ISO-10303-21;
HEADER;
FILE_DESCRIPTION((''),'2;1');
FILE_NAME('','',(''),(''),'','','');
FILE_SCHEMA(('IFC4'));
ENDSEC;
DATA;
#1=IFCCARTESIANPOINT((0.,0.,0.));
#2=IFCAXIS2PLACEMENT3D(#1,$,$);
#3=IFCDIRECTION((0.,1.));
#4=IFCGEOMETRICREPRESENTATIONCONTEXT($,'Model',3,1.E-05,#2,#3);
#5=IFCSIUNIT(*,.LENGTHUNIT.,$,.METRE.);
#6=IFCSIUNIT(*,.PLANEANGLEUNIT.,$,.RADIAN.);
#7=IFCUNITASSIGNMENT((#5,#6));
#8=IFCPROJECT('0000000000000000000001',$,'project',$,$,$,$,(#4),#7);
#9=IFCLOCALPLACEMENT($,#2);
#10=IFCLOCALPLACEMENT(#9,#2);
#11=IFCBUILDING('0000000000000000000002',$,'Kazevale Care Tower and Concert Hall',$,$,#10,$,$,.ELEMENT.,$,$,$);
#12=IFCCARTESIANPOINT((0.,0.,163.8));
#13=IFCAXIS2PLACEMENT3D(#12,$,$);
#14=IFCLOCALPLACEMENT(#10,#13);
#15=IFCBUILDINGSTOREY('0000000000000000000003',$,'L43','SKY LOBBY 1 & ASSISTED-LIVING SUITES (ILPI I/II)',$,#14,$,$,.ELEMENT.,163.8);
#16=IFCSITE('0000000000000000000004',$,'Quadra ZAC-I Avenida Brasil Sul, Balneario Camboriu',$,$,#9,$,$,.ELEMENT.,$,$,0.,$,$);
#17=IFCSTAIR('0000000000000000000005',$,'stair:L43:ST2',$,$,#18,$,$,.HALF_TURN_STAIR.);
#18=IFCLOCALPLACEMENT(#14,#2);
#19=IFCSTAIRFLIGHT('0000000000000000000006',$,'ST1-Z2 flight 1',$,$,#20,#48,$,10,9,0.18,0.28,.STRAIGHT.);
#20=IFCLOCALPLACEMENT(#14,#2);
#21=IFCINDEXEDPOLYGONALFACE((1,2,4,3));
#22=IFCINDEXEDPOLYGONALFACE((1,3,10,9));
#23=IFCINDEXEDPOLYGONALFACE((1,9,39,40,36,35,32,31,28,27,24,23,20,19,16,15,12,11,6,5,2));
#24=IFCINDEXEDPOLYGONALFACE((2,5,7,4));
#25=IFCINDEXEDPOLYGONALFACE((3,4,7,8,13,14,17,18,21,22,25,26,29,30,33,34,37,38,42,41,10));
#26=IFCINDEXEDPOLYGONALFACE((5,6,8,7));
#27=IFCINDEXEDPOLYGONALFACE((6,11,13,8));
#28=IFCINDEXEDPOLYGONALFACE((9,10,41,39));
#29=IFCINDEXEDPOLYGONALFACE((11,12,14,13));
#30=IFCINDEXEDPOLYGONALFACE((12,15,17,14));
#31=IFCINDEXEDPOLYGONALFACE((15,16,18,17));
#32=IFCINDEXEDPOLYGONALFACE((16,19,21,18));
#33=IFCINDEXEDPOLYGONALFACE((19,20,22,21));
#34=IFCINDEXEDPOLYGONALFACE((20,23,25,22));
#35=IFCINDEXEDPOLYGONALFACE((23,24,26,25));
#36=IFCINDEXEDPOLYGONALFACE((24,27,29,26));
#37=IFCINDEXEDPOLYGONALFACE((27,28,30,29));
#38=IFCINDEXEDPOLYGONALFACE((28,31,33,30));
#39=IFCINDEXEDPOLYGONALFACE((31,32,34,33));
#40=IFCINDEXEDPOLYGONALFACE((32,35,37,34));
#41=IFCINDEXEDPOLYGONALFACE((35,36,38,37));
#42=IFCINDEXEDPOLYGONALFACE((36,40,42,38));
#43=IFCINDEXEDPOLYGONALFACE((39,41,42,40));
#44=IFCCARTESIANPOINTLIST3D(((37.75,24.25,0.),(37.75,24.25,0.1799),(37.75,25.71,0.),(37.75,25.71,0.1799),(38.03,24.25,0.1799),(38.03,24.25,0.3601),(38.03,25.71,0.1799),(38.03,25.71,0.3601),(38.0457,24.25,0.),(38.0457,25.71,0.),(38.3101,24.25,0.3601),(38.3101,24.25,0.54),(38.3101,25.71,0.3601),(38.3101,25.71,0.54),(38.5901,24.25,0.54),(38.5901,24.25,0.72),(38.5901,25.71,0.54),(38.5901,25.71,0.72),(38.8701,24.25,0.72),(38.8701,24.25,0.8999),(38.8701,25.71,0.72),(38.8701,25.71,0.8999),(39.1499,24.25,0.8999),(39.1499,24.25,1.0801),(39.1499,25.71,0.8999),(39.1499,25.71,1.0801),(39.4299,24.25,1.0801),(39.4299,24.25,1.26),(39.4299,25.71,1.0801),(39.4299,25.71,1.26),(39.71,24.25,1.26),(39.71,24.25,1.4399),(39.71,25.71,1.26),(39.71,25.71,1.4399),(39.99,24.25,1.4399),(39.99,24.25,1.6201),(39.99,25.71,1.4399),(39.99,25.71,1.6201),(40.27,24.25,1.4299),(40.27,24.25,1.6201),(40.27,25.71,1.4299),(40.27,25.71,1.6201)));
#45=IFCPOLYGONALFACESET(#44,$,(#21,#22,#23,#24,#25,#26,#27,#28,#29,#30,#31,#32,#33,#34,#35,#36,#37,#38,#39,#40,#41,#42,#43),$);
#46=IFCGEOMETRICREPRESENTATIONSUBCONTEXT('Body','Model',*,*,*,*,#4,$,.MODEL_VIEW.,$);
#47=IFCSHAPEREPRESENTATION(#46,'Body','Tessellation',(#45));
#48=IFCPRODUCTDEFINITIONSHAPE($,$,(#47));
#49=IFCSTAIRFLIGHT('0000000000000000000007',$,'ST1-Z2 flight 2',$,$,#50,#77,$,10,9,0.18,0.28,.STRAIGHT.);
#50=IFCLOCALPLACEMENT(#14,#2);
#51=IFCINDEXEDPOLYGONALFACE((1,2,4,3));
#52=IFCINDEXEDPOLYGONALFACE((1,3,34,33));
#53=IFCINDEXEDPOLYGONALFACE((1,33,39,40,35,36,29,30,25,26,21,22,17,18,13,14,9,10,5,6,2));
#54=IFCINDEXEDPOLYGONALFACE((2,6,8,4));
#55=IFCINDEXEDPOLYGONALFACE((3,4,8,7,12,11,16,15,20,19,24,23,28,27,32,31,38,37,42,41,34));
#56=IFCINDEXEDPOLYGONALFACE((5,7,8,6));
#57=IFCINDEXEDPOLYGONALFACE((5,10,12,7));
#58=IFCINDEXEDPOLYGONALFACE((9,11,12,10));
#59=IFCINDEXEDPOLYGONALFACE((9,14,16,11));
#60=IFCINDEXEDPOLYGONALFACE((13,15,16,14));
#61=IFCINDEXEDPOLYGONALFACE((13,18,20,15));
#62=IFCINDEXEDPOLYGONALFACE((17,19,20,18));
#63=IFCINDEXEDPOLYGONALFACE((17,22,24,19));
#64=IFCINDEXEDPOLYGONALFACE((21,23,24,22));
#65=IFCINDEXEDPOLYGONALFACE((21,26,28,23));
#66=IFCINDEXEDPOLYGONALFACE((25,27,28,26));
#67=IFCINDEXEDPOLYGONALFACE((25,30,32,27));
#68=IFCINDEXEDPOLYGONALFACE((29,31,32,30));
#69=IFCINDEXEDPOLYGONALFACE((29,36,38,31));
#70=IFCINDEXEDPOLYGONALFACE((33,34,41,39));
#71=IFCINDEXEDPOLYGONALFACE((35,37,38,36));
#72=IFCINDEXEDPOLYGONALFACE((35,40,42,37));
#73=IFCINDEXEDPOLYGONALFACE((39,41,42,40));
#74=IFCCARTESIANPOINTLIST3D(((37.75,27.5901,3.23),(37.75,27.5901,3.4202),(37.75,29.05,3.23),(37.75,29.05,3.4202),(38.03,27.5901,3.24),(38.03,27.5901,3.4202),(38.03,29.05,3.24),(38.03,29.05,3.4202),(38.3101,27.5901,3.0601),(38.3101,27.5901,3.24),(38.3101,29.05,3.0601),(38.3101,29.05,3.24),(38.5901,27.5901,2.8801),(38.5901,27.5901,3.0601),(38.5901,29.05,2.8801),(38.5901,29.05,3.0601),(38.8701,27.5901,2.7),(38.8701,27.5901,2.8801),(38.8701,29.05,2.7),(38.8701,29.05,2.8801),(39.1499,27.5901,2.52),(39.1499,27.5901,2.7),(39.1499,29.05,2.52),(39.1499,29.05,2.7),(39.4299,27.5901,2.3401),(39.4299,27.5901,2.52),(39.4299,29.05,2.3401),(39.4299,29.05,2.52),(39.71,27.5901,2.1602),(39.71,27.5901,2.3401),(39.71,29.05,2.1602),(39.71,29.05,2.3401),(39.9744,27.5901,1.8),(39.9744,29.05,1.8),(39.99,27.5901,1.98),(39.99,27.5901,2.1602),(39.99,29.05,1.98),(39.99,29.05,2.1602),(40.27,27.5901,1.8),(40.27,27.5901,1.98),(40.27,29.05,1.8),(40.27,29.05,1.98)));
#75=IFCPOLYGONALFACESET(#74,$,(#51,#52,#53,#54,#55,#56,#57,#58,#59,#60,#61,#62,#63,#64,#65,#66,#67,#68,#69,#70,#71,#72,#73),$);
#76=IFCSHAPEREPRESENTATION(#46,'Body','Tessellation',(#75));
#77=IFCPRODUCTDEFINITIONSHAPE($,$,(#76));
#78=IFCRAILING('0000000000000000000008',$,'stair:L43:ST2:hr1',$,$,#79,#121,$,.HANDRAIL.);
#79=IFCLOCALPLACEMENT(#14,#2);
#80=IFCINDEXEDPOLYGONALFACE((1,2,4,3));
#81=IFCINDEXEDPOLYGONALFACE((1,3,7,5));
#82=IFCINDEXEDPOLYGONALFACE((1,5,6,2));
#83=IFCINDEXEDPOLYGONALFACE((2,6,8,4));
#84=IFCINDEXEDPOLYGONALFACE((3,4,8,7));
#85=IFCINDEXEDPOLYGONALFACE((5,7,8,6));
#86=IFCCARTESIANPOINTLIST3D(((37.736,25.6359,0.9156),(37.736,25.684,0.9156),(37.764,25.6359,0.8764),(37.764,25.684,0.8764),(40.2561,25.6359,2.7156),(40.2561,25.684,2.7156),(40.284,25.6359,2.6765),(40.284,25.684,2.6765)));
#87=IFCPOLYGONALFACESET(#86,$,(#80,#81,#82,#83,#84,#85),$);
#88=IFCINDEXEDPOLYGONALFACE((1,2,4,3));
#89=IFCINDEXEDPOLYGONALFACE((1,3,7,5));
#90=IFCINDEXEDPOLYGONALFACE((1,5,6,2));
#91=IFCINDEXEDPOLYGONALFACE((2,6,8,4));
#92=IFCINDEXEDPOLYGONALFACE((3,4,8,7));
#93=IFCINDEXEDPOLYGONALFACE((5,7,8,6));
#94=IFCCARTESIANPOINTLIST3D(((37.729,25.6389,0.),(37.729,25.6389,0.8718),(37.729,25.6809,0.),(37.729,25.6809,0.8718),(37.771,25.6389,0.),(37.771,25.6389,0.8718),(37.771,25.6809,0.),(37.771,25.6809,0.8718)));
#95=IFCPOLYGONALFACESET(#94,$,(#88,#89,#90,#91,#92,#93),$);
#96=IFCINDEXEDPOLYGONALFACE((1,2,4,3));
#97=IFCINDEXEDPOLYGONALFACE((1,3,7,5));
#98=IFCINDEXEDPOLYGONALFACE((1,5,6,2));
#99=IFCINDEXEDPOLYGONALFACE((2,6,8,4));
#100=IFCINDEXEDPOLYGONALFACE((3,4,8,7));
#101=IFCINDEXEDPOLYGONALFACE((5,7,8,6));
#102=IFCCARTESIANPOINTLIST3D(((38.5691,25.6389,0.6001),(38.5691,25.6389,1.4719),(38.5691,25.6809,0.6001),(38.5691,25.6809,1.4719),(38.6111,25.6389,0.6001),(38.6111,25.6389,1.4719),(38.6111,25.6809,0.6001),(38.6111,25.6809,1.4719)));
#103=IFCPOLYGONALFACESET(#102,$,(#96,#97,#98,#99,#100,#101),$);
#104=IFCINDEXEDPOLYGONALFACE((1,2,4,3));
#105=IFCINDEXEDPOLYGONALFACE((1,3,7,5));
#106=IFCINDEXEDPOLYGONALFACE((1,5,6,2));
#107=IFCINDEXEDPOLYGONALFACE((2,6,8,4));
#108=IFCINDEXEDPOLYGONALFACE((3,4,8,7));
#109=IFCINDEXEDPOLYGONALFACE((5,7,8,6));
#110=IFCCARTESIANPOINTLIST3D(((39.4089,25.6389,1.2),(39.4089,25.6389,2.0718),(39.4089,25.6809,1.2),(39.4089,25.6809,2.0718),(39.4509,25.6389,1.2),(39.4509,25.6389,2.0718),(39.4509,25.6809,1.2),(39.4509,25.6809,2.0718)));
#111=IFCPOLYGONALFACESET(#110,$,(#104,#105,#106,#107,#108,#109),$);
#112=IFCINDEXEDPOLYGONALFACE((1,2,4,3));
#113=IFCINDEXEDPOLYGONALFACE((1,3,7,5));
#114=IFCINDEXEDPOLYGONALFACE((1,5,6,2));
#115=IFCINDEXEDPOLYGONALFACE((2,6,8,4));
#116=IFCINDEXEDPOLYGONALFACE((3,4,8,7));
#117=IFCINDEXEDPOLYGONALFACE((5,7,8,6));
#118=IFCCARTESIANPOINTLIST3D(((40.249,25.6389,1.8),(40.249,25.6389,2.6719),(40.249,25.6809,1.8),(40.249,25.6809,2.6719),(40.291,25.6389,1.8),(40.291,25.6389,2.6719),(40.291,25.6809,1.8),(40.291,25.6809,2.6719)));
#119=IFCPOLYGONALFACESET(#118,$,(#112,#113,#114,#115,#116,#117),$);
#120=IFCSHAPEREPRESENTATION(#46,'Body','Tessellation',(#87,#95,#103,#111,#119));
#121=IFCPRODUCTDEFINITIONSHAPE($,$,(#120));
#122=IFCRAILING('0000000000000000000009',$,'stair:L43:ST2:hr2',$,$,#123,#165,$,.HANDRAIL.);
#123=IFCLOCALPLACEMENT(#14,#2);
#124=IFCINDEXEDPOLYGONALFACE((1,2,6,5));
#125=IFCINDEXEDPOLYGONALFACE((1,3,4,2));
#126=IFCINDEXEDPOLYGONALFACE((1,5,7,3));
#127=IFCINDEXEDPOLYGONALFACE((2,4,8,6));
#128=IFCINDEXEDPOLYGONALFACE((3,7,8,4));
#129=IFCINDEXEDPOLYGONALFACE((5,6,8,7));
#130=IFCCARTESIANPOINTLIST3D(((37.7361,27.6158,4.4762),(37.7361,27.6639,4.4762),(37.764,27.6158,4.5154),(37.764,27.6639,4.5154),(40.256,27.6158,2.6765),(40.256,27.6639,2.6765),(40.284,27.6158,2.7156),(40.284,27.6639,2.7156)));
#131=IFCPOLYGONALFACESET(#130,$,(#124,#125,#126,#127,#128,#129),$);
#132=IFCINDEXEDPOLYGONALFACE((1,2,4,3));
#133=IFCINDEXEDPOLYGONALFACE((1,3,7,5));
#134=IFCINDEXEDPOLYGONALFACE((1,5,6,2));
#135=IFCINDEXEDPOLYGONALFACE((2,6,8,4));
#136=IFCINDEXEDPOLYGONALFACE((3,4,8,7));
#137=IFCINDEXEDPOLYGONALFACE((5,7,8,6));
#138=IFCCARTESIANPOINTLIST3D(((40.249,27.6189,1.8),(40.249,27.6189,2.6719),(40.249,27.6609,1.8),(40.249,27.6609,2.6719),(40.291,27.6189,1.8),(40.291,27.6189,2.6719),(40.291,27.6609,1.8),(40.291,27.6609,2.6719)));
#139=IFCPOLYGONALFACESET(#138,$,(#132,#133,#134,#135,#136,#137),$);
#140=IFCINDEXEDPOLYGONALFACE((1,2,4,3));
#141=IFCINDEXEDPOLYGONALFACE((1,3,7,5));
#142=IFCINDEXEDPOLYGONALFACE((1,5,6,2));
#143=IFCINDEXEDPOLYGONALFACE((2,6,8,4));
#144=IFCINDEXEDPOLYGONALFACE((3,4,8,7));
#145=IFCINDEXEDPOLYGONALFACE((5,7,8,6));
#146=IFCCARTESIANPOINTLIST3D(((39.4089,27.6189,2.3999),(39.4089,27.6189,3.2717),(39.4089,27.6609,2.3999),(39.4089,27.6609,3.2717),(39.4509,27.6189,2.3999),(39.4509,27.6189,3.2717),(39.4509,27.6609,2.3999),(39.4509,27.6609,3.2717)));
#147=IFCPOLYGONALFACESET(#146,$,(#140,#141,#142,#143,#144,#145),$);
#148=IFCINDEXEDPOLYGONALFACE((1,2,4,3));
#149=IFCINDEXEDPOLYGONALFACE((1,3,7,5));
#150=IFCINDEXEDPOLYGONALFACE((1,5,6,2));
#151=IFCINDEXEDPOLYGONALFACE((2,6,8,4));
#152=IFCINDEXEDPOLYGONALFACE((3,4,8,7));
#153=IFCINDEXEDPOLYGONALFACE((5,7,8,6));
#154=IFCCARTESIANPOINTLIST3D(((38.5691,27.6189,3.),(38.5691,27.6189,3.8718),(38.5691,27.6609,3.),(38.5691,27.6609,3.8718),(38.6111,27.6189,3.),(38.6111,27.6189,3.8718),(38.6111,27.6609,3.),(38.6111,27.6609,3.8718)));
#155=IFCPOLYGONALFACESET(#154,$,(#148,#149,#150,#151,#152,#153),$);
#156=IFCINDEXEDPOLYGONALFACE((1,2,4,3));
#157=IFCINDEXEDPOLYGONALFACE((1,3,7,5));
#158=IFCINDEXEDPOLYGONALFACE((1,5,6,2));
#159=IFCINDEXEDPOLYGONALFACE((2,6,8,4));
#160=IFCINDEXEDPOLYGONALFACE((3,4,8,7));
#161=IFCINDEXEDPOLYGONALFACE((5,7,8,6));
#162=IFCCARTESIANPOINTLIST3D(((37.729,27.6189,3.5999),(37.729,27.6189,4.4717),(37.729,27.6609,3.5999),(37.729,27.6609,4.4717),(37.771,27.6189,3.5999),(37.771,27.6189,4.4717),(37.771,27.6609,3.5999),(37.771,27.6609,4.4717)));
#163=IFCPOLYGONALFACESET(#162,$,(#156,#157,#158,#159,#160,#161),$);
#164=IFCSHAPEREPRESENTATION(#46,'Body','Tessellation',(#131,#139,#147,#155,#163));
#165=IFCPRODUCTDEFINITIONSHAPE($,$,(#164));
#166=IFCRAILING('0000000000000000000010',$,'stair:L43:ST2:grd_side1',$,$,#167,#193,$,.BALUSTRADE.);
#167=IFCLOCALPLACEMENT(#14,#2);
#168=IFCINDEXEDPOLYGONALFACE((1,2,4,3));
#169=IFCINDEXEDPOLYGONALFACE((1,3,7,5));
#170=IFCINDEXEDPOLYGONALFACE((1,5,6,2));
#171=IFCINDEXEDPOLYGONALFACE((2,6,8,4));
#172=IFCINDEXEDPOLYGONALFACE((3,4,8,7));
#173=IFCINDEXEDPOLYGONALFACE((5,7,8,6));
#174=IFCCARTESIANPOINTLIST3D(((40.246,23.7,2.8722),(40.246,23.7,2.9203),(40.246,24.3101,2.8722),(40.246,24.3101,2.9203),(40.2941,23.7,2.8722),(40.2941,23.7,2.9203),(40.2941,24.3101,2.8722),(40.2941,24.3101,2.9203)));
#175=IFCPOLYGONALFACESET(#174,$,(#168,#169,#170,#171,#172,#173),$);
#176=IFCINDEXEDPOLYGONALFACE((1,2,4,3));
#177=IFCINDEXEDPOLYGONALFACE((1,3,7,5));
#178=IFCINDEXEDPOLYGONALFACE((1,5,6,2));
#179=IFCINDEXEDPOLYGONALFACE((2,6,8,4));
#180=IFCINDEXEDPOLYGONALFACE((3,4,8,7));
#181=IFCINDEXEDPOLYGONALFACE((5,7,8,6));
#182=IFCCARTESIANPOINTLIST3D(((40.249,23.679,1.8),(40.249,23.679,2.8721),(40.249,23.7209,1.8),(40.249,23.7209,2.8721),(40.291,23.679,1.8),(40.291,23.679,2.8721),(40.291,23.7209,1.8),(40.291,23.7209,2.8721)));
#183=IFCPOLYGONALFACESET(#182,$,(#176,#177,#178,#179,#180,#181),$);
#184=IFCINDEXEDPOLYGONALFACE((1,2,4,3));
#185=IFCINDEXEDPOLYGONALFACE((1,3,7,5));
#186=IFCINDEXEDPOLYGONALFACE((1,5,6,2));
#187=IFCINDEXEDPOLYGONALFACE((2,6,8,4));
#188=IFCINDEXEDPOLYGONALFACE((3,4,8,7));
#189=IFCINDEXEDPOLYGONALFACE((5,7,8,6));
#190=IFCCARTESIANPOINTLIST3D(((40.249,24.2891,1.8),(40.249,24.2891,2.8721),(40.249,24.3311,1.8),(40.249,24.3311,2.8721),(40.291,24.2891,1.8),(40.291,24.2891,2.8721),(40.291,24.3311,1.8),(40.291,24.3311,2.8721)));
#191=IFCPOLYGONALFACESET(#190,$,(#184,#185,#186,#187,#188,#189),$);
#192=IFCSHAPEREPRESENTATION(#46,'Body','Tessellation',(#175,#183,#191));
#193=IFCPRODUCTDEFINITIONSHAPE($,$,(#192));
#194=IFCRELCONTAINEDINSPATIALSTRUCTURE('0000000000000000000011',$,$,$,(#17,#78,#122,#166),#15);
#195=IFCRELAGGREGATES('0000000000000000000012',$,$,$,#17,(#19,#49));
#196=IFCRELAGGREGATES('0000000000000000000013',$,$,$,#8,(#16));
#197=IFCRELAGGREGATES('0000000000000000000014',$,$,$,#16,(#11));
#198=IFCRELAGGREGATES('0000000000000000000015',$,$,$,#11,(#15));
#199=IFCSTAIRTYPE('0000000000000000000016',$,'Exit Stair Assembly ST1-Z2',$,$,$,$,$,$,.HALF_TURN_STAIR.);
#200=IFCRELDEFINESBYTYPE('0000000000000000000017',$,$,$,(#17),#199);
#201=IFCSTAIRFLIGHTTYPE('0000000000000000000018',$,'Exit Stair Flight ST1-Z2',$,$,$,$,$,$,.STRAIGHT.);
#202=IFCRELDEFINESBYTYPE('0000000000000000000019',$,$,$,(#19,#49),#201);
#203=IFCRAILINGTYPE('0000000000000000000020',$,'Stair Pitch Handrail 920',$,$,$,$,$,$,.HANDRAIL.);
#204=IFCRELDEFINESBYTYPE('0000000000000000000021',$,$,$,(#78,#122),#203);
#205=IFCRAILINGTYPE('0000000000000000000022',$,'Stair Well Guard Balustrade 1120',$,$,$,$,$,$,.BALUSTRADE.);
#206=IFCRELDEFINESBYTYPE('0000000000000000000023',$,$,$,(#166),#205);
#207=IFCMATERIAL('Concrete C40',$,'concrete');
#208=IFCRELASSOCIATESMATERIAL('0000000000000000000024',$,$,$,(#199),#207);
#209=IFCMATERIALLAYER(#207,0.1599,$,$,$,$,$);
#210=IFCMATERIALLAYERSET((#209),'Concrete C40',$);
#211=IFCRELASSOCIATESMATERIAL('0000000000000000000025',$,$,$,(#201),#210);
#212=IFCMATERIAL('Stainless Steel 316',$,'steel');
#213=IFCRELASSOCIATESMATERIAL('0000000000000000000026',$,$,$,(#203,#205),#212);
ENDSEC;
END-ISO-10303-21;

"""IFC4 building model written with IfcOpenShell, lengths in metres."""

from ifc_helpers import new_model, si_unit, direction, frame, origin, origin_2d, place, context, subcontext, project, spatial, polyline, rectangle, outline, extrude, material, layer, layer_set, type_object, element, aggregate, save


model = new_model("IFC4")

# Units and contexts
model_context = context("Model", 3, precision=1e-05, world=origin(), true_north=direction((0.0, 1.0)))
body_context = subcontext(model_context, "Body", "Model", "MODEL_VIEW")
ifc_project = project(units=[si_unit("LENGTHUNIT", "METRE"), si_unit("PLANEANGLEUNIT", "RADIAN")], contexts=[model_context])

# Site, building, storey
site_placement = place(None, origin())
site = spatial("IfcSite", under=ifc_project, at=site_placement, Name="Quadra ZAC-I Avenida Brasil Sul, Balneario Camboriu", CompositionType="ELEMENT", RefElevation=0.0)
building_placement = place(site_placement, origin())
building = spatial("IfcBuilding", under=site, at=building_placement, Name="Kazevale Care Tower and Concert Hall", CompositionType="ELEMENT")
storey_placement = place(building_placement, frame((0.0, 0.0, 163.8)))
storey = spatial("IfcBuildingStorey", under=building, at=storey_placement, Name="L43", Description="SKY LOBBY 1 & ASSISTED-LIVING SUITES (ILPI I/II)", CompositionType="ELEMENT", Elevation=163.8)

# Stair, stair flights
ifc_material_1 = material(Name="Concrete C40", Category="concrete")
stair_type = type_object("IfcStairType", Name="Exit Stair Assembly ST1-Z2", PredefinedType="HALF_TURN_STAIR", material=ifc_material_1)
stair_placement = place(storey_placement, origin())
stair = element("IfcStair", 1, at=stair_placement, inside=storey, type_object=stair_type, Name="stair:L43:ST2", PredefinedType="HALF_TURN_STAIR")
ifc_layer_1 = layer(ifc_material_1, 0.1599)
ifc_layer_set_1 = layer_set([ifc_layer_1], Name="Concrete C40")
stair_flight_type = type_object("IfcStairFlightType", Name="Exit Stair Flight ST1-Z2", PredefinedType="STRAIGHT", material=ifc_layer_set_1)
stair_flight_1_placement = place(storey_placement, frame((37.75, 24.98, 0.0), z_axis=(0.0, 0.0, 1.0), x_axis=(1.0, 0.0, 0.0)))
stair_flight_1 = element("IfcStairFlight", 2, at=stair_flight_1_placement, type_object=stair_flight_type, Name="ST1-Z2 flight 1", NumberOfRisers=10, NumberOfTreads=9, PredefinedType="STRAIGHT", RiserHeight=0.18, TreadLength=0.28, context=body_context, shape_type="SweptSolid", body=[
    extrude(outline(polyline([(0.0, 0.0), (0.0, 0.1799), (0.28, 0.1799), (0.28, 0.3601), (0.5601, 0.3601), (0.5601, 0.54), (0.8401, 0.54), (0.8401, 0.72), (1.1201, 0.72), (1.1201, 0.8999), (1.3999, 0.8999), (1.3999, 1.0801), (1.6799, 1.0801), (1.6799, 1.26), (1.96, 1.26), (1.96, 1.4399), (2.24, 1.4399), (2.24, 1.6201), (2.52, 1.6201), (2.52, 1.8), (2.52, 1.4299), (0.2957, 0.0), (0.0, 0.0)])), frame((0.0, 0.73, 0.0), z_axis=(0.0, -1.0, 0.0), x_axis=(1.0, 0.0, 0.0)), (0.0, 0.0, 1.0), 1.46),
])
stair_flight_2_placement = place(storey_placement, frame((40.27, 28.3201, 1.8), z_axis=(0.0, 0.0, 1.0), x_axis=(-1.0, 0.0, 0.0)))
stair_flight_2 = element("IfcStairFlight", 3, at=stair_flight_2_placement, type_object=stair_flight_type, Name="ST1-Z2 flight 2", NumberOfRisers=10, NumberOfTreads=9, PredefinedType="STRAIGHT", RiserHeight=0.18, TreadLength=0.28, context=body_context, shape_type="SweptSolid", body=[
    extrude(outline(polyline([(0.0, 0.0), (0.0, 0.1799), (0.28, 0.1799), (0.28, 0.3601), (0.5601, 0.3601), (0.5601, 0.54), (0.8401, 0.54), (0.8401, 0.72), (1.1201, 0.72), (1.1201, 0.8999), (1.3999, 0.8999), (1.3999, 1.0801), (1.6799, 1.0801), (1.6799, 1.26), (1.96, 1.26), (1.96, 1.4399), (2.24, 1.4399), (2.24, 1.6201), (2.52, 1.6201), (2.52, 1.8), (2.52, 1.4299), (0.2957, 0.0), (0.0, 0.0)])), frame((0.0, 0.73, 0.0), z_axis=(0.0, -1.0, 0.0), x_axis=(1.0, 0.0, 0.0)), (0.0, 0.0, 1.0), 1.46),
])
aggregate(stair, [stair_flight_1, stair_flight_2])

# Railings
ifc_material_2 = material(Name="Stainless Steel 316", Category="steel")
railing_type_1 = type_object("IfcRailingType", Name="Stair Pitch Handrail 920", PredefinedType="HANDRAIL", material=ifc_material_2)
railing_1_placement = place(storey_placement, frame((37.75, 25.6599, 0.0)))
element("IfcRailing", 4, at=railing_1_placement, inside=storey, type_object=railing_type_1, Name="stair:L43:ST2:hr1", PredefinedType="HANDRAIL", context=body_context, shape_type="SweptSolid", body=[
    extrude(rectangle(XDim=0.0481, YDim=0.0481, at=origin_2d()), frame((0.0, 0.0, 0.896), z_axis=(0.813728, 0.0, 0.581246), x_axis=(0.0, 1.0, 0.0)), (0.0, 0.0, 1.0), 3.0969),
    extrude(rectangle(XDim=0.042, YDim=0.042, at=origin_2d()), origin(), (0.0, 0.0, 1.0), 0.8718),
    extrude(rectangle(XDim=0.042, YDim=0.042, at=origin_2d()), frame((0.8401, 0.0, 0.6001)), (0.0, 0.0, 1.0), 0.8718),
    extrude(rectangle(XDim=0.042, YDim=0.042, at=origin_2d()), frame((1.6799, 0.0, 1.2)), (0.0, 0.0, 1.0), 0.8718),
    extrude(rectangle(XDim=0.042, YDim=0.042, at=origin_2d()), frame((2.52, 0.0, 1.8)), (0.0, 0.0, 1.0), 0.8718),
])
railing_2_placement = place(storey_placement, frame((40.27, 27.6399, 1.8)))
element("IfcRailing", 5, at=railing_2_placement, inside=storey, type_object=railing_type_1, Name="stair:L43:ST2:hr2", PredefinedType="HANDRAIL", context=body_context, shape_type="SweptSolid", body=[
    extrude(rectangle(XDim=0.0481, YDim=0.0481, at=origin_2d()), frame((0.0, 0.0, 0.896), z_axis=(-0.813765, 0.0, 0.581193), x_axis=(0.0, -1.0, 0.0)), (0.0, 0.0, 1.0), 3.0967),
    extrude(rectangle(XDim=0.042, YDim=0.042, at=origin_2d()), origin(), (0.0, 0.0, 1.0), 0.8718),
    extrude(rectangle(XDim=0.042, YDim=0.042, at=origin_2d()), frame((-0.8401, 0.0, 0.5999)), (0.0, 0.0, 1.0), 0.8718),
    extrude(rectangle(XDim=0.042, YDim=0.042, at=origin_2d()), frame((-1.6799, 0.0, 1.2)), (0.0, 0.0, 1.0), 0.8718),
    extrude(rectangle(XDim=0.042, YDim=0.042, at=origin_2d()), frame((-2.52, 0.0, 1.7998)), (0.0, 0.0, 1.0), 0.8718),
])
railing_type_2 = type_object("IfcRailingType", Name="Stair Well Guard Balustrade 1120", PredefinedType="BALUSTRADE", material=ifc_material_2)
railing_3_placement = place(storey_placement, frame((40.27, 23.7, 1.8)))
element("IfcRailing", 6, at=railing_3_placement, inside=storey, type_object=railing_type_2, Name="stair:L43:ST2:grd_side1", PredefinedType="BALUSTRADE", context=body_context, shape_type="SweptSolid", body=[
    extrude(rectangle(XDim=0.0481, YDim=0.0481, at=origin_2d()), frame((0.0, 0.0, 1.0962), z_axis=(0.0, 1.0, 0.0), x_axis=(-1.0, 0.0, 0.0)), (0.0, 0.0, 1.0), 0.6101),
    extrude(rectangle(XDim=0.042, YDim=0.042, at=origin_2d()), origin(), (0.0, 0.0, 1.0), 1.072),
    extrude(rectangle(XDim=0.042, YDim=0.042, at=origin_2d()), frame((0.0, 0.6101, 0.0)), (0.0, 0.0, 1.0), 1.072),
])

save(model, "model.ifc")
